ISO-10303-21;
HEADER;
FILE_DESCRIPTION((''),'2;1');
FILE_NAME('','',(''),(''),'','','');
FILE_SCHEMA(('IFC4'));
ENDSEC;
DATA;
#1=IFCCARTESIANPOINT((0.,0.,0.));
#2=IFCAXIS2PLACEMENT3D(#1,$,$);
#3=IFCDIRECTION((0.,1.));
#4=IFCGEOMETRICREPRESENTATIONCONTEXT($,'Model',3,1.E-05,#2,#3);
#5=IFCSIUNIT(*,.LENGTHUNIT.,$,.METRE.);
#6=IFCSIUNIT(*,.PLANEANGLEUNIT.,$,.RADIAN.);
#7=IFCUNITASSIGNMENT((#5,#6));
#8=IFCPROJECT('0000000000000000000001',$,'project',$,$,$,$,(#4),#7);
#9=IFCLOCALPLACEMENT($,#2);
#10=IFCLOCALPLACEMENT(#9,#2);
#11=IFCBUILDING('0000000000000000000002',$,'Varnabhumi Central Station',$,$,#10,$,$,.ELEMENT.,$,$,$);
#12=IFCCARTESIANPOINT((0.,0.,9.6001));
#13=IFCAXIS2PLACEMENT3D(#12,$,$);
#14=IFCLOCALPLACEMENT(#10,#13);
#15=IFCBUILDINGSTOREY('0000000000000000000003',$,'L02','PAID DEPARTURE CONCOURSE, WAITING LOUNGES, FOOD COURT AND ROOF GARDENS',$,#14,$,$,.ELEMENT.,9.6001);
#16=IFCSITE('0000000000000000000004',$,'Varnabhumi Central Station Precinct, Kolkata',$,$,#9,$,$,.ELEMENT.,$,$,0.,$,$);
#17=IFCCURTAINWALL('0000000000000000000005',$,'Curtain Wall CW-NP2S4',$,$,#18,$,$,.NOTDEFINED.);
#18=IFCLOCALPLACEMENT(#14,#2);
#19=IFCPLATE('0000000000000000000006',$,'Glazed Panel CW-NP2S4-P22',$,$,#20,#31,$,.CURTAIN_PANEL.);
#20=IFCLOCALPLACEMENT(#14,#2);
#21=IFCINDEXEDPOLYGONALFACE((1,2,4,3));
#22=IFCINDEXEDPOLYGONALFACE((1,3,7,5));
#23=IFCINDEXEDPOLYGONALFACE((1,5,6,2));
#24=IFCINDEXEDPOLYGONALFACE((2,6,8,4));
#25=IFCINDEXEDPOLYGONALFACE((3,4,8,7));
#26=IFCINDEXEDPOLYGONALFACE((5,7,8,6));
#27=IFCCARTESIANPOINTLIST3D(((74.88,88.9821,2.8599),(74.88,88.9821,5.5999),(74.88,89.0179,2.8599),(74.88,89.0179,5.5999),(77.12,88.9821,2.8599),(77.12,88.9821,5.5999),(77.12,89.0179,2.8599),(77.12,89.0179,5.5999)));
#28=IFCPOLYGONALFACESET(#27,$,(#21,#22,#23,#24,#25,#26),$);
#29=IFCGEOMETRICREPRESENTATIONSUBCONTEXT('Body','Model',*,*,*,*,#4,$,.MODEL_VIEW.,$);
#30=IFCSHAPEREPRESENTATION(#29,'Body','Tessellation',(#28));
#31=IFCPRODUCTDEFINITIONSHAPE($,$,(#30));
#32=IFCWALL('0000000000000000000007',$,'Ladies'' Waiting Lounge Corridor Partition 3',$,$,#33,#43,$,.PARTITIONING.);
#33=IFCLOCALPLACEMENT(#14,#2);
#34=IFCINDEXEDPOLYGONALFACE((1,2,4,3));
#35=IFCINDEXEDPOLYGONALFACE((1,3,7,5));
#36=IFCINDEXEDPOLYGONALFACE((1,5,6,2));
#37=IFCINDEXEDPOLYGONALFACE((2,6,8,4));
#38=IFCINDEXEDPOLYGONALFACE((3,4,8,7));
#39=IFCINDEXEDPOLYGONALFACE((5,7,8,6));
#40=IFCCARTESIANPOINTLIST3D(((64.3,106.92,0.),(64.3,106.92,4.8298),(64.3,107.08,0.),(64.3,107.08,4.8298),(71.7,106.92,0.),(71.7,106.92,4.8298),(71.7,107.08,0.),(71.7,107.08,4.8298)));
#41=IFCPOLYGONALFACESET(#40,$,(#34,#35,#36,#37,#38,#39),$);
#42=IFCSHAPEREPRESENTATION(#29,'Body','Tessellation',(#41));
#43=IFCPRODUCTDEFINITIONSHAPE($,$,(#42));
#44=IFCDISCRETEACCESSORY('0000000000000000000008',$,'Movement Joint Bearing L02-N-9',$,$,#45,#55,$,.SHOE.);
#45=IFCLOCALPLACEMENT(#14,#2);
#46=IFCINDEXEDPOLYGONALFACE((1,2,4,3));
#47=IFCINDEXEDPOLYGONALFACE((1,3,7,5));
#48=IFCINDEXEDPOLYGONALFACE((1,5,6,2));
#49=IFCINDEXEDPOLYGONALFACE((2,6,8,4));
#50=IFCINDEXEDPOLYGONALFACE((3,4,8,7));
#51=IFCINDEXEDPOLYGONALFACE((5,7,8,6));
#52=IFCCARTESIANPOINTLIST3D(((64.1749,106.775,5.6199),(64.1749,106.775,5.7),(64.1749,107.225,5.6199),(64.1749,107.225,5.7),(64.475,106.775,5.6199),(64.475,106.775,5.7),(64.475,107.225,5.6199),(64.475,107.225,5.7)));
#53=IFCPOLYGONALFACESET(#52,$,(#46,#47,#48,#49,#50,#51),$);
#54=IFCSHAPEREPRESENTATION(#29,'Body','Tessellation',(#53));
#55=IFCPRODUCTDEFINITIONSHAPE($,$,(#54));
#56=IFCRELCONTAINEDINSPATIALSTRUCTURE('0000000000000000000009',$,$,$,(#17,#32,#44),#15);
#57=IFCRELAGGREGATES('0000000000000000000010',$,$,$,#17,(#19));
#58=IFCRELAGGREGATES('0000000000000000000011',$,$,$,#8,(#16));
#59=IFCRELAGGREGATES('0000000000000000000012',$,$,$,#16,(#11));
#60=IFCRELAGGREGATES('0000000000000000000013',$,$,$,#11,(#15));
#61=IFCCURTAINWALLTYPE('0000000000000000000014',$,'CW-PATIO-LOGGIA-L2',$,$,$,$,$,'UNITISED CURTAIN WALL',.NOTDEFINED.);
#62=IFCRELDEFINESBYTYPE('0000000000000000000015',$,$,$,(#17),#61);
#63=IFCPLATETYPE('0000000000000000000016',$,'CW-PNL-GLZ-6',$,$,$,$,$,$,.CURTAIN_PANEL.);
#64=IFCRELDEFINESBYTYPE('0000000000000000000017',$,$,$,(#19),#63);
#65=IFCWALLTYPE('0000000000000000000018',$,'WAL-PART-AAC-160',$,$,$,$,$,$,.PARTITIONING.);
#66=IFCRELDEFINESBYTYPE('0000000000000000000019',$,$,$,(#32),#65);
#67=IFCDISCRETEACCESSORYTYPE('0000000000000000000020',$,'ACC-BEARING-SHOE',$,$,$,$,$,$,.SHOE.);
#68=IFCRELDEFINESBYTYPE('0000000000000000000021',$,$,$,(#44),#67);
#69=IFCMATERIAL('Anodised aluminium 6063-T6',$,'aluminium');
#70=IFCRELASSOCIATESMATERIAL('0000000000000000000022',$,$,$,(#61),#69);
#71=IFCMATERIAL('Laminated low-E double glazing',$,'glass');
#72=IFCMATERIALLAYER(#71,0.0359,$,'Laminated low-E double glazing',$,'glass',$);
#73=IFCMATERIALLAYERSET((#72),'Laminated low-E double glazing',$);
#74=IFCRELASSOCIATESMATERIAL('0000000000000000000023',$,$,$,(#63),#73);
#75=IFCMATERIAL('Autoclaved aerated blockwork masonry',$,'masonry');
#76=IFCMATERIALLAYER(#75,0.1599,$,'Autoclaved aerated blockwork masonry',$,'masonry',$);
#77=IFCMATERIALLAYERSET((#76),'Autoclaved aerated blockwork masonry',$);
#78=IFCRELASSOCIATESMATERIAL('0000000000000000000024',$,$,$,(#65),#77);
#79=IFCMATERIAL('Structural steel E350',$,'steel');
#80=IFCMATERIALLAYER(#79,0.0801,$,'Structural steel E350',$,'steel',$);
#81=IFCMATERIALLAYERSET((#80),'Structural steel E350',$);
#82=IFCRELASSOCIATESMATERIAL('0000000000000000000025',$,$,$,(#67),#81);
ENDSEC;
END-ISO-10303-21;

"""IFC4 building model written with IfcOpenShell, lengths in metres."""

from ifc_helpers import new_model, si_unit, direction, frame, frame_2d, origin, origin_2d, place, context, subcontext, project, spatial, rectangle, extrude, material, layer, layer_set, type_object, element, aggregate, save


model = new_model("IFC4")

# Units and contexts
model_context = context("Model", 3, precision=1e-05, world=origin(), true_north=direction((0.0, 1.0)))
body_context = subcontext(model_context, "Body", "Model", "MODEL_VIEW")
ifc_project = project(units=[si_unit("LENGTHUNIT", "METRE"), si_unit("PLANEANGLEUNIT", "RADIAN")], contexts=[model_context])

# Site, building, storey
site_placement = place(None, origin())
site = spatial("IfcSite", under=ifc_project, at=site_placement, Name="Varnabhumi Central Station Precinct, Kolkata", CompositionType="ELEMENT", RefElevation=0.0)
building_placement = place(site_placement, origin())
building = spatial("IfcBuilding", under=site, at=building_placement, Name="Varnabhumi Central Station", CompositionType="ELEMENT")
storey_placement = place(building_placement, frame((0.0, 0.0, 9.6001)))
storey = spatial("IfcBuildingStorey", under=building, at=storey_placement, Name="L02", Description="PAID DEPARTURE CONCOURSE, WAITING LOUNGES, FOOD COURT AND ROOF GARDENS", CompositionType="ELEMENT", Elevation=9.6001)

# Shared definitions
ifc_material_1 = material(Name="Anodised aluminium 6063-T6", Category="aluminium")
curtain_wall_type = type_object("IfcCurtainWallType", Name="CW-PATIO-LOGGIA-L2", ElementType="UNITISED CURTAIN WALL", PredefinedType="NOTDEFINED", material=ifc_material_1)

# Curtain wall
curtain_wall_1_placement = place(storey_placement, origin())
curtain_wall_1 = element("IfcCurtainWall", 1, at=curtain_wall_1_placement, inside=storey, type_object=curtain_wall_type, Name="Curtain Wall CW-NP2S4", PredefinedType="NOTDEFINED")

# Plate
ifc_material_2 = material(Name="Laminated low-E double glazing", Category="glass")
ifc_layer_1 = layer(ifc_material_2, 0.0359, Name="Laminated low-E double glazing", Category="glass")
ifc_layer_set_1 = layer_set([ifc_layer_1], Name="Laminated low-E double glazing")
plate_type_1 = type_object("IfcPlateType", Name="CW-PNL-GLZ-6", PredefinedType="CURTAIN_PANEL", material=ifc_layer_set_1)
plate_1_placement = place(storey_placement, frame((76.0, 89.0, 2.8599), z_axis=(0.0, 0.0, 1.0), x_axis=(1.0, 0.0, 0.0)))
plate_1 = element("IfcPlate", 2, at=plate_1_placement, type_object=plate_type_1, Name="Glazed Panel CW-NP2S4-P22", PredefinedType="CURTAIN_PANEL", context=body_context, shape_type="SweptSolid", body=[
    extrude(rectangle(XDim=2.24, YDim=0.0359, at=origin_2d()), origin(), (0.0, 0.0, 1.0), 2.74),
])
aggregate(curtain_wall_1, [plate_1])

# Wall
ifc_material_3 = material(Name="Autoclaved aerated blockwork masonry", Category="masonry")
ifc_layer_2 = layer(ifc_material_3, 0.1599, Name="Autoclaved aerated blockwork masonry", Category="masonry")
ifc_layer_set_2 = layer_set([ifc_layer_2], Name="Autoclaved aerated blockwork masonry")
wall_type = type_object("IfcWallType", Name="WAL-PART-AAC-160", PredefinedType="PARTITIONING", material=ifc_layer_set_2)
wall_placement = place(storey_placement, frame((64.3, 107.0, 0.0), z_axis=(0.0, 0.0, 1.0), x_axis=(1.0, 0.0, 0.0)))
element("IfcWall", 3, at=wall_placement, inside=storey, type_object=wall_type, Name="Ladies' Waiting Lounge Corridor Partition 3", PredefinedType="PARTITIONING", context=body_context, shape_type="SweptSolid", body=[
    extrude(rectangle(XDim=7.3999, YDim=0.1599, at=frame_2d((3.7, 0.0))), origin(), (0.0, 0.0, 1.0), 4.8298),
])

# Discrete accessory
ifc_material_4 = material(Name="Structural steel E350", Category="steel")
ifc_layer_3 = layer(ifc_material_4, 0.0801, Name="Structural steel E350", Category="steel")
ifc_layer_set_3 = layer_set([ifc_layer_3], Name="Structural steel E350")
discrete_accessory_type = type_object("IfcDiscreteAccessoryType", Name="ACC-BEARING-SHOE", PredefinedType="SHOE", material=ifc_layer_set_3)
discrete_accessory_placement = place(storey_placement, frame((64.325, 107.0, 5.6199), z_axis=(0.0, 0.0, 1.0), x_axis=(1.0, 0.0, 0.0)))
element("IfcDiscreteAccessory", 4, at=discrete_accessory_placement, inside=storey, type_object=discrete_accessory_type, Name="Movement Joint Bearing L02-N-9", PredefinedType="SHOE", context=body_context, shape_type="SweptSolid", body=[
    extrude(rectangle(XDim=0.3, YDim=0.45, at=origin_2d()), origin(), (0.0, 0.0, 1.0), 0.0801),
])

save(model, "model.ifc")
